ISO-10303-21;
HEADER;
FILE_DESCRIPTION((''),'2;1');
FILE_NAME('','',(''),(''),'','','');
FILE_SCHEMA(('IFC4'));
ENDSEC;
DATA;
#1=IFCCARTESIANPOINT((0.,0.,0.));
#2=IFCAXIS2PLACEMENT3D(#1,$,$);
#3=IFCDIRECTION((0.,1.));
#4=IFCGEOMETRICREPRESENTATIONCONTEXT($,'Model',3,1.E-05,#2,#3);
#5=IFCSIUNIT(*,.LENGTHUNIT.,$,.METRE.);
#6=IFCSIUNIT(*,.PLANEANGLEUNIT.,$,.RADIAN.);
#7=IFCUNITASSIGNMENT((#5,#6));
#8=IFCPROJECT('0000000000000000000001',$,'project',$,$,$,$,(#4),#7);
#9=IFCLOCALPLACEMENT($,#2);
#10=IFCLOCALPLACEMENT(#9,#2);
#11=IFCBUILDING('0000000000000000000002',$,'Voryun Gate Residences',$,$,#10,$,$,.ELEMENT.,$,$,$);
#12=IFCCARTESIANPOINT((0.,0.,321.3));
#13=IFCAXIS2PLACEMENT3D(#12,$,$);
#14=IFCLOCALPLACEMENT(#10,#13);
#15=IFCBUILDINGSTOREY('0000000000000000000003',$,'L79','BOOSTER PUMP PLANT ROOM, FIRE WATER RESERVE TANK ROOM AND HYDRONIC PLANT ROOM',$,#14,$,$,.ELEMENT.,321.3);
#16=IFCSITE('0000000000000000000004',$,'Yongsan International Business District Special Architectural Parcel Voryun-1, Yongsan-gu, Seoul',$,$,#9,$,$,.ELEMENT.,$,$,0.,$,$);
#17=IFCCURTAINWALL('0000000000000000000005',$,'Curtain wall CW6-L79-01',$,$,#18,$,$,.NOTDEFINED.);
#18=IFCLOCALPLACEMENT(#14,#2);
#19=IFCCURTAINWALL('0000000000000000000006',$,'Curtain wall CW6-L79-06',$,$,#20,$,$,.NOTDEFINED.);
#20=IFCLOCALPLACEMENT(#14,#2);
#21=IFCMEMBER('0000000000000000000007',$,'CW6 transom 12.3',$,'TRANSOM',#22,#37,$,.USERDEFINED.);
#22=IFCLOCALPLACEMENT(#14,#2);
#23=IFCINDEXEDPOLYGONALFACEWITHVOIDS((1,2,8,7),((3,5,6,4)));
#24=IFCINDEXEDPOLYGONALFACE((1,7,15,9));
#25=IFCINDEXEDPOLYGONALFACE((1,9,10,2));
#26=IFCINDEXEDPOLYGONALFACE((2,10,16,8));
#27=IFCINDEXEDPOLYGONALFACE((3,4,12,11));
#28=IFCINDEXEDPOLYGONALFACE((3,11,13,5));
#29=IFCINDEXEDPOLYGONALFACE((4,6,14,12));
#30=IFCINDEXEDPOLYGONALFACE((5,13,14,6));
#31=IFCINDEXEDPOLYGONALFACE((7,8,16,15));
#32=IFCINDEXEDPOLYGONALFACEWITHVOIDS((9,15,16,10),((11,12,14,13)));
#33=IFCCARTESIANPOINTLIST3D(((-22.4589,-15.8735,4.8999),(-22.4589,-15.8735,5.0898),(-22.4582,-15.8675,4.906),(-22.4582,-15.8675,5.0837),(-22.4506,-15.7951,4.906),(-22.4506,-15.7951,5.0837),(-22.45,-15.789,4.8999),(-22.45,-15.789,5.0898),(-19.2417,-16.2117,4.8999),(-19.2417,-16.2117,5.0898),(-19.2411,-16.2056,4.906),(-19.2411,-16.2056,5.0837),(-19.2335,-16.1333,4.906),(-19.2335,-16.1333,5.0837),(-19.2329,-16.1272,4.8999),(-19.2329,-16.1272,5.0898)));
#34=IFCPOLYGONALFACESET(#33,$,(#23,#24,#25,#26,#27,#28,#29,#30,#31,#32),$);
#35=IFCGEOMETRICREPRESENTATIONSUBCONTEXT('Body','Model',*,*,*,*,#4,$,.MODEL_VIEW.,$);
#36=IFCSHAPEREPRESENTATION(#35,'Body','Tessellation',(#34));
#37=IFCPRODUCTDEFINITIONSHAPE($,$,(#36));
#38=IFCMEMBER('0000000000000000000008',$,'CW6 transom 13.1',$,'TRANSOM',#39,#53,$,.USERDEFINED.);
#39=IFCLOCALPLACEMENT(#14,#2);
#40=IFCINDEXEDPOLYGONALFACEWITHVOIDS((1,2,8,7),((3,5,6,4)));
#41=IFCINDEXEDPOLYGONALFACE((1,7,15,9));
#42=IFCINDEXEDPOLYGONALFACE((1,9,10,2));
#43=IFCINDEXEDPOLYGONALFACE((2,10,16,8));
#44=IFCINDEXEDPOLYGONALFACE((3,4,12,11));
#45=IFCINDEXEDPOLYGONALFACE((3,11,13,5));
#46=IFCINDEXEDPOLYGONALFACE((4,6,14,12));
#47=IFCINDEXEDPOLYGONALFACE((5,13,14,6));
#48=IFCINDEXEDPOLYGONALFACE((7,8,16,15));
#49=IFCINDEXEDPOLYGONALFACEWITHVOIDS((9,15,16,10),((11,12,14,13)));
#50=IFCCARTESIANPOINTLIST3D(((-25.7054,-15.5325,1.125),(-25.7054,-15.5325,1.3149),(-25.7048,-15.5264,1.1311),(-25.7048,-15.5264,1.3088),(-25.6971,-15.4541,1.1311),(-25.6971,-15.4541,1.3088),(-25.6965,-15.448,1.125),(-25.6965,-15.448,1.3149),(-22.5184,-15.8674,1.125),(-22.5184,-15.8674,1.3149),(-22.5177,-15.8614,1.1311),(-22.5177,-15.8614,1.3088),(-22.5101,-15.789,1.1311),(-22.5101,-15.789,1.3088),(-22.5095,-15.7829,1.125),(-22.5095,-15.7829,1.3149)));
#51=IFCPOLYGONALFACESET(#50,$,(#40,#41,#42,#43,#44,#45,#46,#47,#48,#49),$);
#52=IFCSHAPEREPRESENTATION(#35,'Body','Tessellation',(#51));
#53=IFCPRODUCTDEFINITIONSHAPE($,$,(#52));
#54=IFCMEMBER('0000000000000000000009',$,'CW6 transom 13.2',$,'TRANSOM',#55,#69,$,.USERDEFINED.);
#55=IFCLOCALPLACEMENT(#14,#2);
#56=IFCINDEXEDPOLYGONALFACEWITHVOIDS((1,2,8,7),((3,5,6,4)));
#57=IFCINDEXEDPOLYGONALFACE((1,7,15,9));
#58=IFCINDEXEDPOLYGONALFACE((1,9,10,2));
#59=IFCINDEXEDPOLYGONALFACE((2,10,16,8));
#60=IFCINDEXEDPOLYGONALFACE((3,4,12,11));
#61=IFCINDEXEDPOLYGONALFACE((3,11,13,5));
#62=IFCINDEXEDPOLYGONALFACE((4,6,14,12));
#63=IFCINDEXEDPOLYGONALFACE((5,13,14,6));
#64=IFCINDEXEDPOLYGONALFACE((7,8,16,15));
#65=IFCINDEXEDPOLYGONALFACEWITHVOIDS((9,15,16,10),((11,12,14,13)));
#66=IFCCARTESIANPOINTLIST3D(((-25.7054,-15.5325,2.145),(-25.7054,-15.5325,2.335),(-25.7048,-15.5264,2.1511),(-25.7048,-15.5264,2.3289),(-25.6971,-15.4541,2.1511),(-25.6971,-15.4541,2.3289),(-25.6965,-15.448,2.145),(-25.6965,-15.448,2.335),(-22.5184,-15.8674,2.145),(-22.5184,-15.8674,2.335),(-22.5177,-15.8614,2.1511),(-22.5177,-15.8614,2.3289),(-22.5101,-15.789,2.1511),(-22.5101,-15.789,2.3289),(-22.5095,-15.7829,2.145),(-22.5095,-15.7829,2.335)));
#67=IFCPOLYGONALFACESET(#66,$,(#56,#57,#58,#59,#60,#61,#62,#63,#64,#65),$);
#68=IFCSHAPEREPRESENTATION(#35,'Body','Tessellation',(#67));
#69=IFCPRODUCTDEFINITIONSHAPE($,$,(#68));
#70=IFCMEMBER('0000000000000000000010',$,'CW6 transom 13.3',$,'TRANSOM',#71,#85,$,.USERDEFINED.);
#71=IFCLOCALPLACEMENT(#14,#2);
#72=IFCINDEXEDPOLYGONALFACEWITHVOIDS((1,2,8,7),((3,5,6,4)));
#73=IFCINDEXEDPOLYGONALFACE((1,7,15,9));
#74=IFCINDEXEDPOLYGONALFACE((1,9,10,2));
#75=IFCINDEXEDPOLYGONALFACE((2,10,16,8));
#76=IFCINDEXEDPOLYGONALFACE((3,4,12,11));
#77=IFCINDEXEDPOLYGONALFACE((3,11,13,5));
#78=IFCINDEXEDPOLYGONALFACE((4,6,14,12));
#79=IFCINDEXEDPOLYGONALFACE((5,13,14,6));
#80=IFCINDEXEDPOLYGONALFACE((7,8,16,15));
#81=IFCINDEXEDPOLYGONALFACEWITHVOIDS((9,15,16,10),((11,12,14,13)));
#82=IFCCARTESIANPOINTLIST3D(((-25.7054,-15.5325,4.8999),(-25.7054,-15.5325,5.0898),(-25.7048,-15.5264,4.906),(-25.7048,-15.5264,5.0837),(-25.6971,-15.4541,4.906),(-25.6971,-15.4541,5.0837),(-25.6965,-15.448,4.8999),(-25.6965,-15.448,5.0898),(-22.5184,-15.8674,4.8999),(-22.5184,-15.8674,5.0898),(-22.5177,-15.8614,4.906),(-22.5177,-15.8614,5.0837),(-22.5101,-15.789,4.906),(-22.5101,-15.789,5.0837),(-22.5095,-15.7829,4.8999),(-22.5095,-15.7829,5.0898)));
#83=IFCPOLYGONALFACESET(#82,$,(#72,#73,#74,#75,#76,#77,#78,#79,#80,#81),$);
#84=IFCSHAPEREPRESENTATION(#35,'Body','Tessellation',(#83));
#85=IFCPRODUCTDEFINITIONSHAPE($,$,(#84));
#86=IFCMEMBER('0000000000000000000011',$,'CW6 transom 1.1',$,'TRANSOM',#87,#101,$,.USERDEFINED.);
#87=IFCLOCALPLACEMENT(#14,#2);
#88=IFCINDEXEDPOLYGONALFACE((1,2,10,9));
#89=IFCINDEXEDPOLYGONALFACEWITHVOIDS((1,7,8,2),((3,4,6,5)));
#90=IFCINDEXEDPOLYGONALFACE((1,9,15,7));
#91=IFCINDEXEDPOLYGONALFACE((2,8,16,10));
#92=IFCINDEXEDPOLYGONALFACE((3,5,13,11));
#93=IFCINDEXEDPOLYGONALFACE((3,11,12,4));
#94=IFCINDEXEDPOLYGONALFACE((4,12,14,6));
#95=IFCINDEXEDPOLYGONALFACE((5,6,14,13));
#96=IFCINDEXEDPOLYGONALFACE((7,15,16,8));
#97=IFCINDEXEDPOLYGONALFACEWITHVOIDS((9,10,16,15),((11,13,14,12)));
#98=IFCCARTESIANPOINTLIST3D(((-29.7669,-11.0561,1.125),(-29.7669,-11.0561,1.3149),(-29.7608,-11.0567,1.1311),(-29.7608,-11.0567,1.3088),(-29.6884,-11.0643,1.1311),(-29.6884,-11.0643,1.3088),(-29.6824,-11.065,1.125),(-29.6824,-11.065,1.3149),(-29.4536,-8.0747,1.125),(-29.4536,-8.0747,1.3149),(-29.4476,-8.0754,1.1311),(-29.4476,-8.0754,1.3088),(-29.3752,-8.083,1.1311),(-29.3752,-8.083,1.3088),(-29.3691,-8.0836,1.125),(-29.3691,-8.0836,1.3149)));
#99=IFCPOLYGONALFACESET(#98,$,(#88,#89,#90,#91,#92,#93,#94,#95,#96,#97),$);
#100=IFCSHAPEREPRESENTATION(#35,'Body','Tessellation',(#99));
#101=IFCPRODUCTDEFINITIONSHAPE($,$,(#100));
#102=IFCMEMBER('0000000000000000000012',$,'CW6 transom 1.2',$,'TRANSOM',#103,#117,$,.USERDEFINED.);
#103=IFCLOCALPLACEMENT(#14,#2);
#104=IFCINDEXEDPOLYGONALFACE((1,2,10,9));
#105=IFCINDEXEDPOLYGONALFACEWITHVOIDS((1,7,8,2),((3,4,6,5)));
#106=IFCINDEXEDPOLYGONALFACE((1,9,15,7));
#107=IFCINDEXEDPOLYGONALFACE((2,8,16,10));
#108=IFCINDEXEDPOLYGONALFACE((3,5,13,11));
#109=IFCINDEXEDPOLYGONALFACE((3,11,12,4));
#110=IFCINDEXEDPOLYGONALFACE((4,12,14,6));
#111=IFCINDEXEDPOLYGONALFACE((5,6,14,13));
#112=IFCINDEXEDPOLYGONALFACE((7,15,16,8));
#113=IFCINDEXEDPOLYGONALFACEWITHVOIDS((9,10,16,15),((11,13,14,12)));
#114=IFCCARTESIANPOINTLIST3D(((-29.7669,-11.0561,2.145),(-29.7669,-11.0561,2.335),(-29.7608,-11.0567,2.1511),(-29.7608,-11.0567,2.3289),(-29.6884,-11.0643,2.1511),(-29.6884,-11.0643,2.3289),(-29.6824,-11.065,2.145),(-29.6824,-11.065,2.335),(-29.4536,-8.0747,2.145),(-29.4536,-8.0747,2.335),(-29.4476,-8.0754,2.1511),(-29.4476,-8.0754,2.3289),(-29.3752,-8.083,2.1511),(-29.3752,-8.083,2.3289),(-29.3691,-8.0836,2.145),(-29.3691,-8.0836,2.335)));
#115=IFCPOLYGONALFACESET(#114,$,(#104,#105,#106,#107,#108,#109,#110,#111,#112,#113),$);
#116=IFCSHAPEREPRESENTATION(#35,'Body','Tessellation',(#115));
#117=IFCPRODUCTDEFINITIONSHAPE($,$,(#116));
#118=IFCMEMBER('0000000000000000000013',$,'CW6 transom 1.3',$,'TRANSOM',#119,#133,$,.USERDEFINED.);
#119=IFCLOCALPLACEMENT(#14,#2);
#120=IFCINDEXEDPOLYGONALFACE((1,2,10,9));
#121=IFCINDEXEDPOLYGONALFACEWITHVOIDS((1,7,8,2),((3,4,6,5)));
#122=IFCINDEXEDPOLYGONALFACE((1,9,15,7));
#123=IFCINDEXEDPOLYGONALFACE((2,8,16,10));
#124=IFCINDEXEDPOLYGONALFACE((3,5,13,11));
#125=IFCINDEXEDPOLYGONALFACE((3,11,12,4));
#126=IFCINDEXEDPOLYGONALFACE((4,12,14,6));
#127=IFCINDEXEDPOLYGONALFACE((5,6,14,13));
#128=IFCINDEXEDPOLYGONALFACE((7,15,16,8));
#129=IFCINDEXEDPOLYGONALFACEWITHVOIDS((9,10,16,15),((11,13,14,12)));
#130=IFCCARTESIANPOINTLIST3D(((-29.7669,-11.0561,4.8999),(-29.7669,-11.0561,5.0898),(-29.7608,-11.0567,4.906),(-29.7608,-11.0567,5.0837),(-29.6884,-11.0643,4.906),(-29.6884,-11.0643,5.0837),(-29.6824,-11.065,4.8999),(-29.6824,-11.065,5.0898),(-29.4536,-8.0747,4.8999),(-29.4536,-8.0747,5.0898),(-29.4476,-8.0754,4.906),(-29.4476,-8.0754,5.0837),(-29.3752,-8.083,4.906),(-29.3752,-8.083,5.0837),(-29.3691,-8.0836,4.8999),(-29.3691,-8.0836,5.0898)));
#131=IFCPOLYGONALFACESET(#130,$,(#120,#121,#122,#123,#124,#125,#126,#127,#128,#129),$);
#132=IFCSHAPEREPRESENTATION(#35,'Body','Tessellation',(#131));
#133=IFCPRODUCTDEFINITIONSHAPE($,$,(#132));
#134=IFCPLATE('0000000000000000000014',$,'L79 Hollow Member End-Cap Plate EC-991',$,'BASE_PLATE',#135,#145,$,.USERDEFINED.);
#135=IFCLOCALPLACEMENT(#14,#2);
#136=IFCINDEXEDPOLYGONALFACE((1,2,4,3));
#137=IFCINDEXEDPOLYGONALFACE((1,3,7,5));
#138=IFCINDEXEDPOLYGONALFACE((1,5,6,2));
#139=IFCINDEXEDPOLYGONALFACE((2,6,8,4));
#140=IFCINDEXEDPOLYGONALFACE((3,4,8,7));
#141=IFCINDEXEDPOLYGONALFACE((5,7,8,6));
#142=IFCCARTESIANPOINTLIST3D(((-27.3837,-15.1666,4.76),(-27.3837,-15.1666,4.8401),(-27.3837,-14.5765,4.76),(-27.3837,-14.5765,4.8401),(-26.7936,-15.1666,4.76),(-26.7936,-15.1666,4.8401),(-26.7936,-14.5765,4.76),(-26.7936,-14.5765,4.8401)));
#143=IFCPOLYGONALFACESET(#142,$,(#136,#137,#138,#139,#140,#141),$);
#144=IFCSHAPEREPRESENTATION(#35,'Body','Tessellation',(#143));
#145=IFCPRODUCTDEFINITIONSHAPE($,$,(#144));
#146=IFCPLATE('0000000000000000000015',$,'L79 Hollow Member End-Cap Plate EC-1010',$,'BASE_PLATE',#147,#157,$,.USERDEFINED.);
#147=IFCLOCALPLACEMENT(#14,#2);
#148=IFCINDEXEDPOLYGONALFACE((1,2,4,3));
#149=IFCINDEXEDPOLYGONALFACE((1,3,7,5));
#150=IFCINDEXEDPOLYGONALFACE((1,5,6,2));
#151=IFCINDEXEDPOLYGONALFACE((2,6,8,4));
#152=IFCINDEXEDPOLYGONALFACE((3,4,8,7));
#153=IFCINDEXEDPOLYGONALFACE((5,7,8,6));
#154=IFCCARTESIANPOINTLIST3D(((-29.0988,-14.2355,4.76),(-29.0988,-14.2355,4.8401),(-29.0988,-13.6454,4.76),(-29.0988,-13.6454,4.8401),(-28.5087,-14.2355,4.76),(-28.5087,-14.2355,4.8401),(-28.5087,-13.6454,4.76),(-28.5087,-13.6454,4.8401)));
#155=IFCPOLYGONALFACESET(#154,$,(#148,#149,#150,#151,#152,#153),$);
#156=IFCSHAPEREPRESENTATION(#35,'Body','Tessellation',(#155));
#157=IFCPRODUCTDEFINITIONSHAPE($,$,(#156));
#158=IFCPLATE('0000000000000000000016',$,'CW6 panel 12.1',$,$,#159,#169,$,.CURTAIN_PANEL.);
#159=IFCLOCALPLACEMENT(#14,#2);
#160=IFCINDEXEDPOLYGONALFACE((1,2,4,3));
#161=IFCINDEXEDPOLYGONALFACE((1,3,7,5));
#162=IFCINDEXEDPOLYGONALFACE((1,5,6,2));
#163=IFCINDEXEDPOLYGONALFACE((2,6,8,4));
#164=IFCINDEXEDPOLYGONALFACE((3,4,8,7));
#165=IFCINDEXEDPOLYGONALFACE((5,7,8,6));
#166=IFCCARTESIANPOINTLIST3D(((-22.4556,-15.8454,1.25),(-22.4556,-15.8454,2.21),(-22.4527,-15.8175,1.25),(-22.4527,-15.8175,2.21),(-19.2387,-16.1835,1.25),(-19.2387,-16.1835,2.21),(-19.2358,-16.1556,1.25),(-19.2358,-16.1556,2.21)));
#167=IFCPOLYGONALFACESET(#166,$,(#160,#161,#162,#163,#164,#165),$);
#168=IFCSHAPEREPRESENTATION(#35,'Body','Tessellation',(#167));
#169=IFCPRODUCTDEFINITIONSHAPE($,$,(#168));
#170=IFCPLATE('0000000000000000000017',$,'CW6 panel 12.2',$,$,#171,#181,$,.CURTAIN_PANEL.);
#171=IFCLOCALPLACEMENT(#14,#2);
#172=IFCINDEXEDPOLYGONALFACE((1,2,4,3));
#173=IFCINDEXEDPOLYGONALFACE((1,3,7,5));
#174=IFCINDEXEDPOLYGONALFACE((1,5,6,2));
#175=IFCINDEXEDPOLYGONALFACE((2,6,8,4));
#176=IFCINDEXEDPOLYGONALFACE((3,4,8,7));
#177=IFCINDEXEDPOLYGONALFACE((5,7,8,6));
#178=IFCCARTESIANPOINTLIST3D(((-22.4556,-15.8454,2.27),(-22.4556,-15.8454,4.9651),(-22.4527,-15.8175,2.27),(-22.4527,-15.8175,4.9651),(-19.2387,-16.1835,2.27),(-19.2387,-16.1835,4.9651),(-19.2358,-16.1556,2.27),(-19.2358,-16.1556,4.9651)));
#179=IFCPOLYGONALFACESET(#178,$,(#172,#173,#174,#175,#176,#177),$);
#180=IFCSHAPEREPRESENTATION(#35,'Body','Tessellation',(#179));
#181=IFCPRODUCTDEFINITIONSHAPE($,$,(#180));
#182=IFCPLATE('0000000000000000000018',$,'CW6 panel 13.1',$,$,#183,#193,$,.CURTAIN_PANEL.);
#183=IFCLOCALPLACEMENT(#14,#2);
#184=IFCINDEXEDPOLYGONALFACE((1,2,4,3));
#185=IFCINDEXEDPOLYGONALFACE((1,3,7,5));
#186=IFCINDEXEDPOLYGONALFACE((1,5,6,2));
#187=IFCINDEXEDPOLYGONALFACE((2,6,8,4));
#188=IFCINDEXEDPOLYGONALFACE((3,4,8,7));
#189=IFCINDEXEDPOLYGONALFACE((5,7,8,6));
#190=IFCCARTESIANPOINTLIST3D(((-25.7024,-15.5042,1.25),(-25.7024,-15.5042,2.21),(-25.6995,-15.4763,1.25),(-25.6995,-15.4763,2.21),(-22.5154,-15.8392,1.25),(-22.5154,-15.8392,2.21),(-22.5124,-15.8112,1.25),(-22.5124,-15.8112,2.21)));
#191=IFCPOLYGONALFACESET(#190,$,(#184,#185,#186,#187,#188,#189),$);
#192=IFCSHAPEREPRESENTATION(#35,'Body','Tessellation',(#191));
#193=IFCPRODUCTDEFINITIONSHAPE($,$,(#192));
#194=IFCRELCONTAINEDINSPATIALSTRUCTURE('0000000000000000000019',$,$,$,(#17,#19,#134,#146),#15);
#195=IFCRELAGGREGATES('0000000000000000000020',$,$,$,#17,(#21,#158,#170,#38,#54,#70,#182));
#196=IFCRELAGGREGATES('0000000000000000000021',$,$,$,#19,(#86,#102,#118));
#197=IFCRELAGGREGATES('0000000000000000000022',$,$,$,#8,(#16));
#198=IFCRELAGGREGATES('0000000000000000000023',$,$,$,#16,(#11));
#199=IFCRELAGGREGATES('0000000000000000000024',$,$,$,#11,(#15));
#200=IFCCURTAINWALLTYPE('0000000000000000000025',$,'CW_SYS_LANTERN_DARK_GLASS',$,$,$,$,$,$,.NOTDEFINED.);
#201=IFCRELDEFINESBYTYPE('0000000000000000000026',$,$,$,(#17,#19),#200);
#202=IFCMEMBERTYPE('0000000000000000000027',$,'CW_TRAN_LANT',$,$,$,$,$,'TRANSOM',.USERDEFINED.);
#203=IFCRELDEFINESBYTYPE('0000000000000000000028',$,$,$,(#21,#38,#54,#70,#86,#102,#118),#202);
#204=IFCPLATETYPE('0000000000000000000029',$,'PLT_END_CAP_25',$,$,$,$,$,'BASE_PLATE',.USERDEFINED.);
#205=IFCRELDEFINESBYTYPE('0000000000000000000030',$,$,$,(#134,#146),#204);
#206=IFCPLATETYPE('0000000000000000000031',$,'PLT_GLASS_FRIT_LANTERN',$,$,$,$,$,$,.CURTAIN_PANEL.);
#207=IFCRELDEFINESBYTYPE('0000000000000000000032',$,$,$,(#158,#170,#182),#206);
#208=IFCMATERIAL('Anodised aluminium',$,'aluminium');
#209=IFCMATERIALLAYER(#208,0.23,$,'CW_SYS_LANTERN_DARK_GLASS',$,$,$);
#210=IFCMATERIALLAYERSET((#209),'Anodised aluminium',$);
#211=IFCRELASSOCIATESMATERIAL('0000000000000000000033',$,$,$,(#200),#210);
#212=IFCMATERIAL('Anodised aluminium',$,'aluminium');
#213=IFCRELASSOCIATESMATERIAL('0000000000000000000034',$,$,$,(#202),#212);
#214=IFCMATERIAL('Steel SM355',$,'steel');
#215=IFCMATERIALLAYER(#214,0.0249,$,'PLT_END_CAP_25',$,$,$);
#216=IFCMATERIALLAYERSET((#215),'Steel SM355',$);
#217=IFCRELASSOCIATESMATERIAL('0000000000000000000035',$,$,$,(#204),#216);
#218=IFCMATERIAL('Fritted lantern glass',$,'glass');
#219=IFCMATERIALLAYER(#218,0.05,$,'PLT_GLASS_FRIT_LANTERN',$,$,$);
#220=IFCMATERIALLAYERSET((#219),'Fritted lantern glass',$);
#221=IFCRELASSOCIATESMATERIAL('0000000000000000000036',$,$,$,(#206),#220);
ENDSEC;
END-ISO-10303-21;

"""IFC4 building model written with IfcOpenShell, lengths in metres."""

from ifc_helpers import new_model, si_unit, direction, frame, origin, origin_2d, place, context, subcontext, project, spatial, rectangle, hollow_rectangle, extrude, material, layer, layer_set, material_profile, profile_set, type_object, element, aggregate, save


model = new_model("IFC4")

# Units and contexts
model_context = context("Model", 3, precision=1e-05, world=origin(), true_north=direction((0.0, 1.0)))
body_context = subcontext(model_context, "Body", "Model", "MODEL_VIEW")
ifc_project = project(units=[si_unit("LENGTHUNIT", "METRE"), si_unit("PLANEANGLEUNIT", "RADIAN")], contexts=[model_context])

# Site, building, storey
site_placement = place(None, origin())
site = spatial("IfcSite", under=ifc_project, at=site_placement, Name="Yongsan International Business District Special Architectural Parcel Voryun-1, Yongsan-gu, Seoul", CompositionType="ELEMENT", RefElevation=0.0)
building_placement = place(site_placement, origin())
building = spatial("IfcBuilding", under=site, at=building_placement, Name="Voryun Gate Residences", CompositionType="ELEMENT")
storey_placement = place(building_placement, frame((0.0, 0.0, 321.3)))
storey = spatial("IfcBuildingStorey", under=building, at=storey_placement, Name="L79", Description="BOOSTER PUMP PLANT ROOM, FIRE WATER RESERVE TANK ROOM AND HYDRONIC PLANT ROOM", CompositionType="ELEMENT", Elevation=321.3)

# Curtain wall
ifc_material_1 = material(Name="Anodised aluminium", Category="aluminium")
ifc_layer_1 = layer(ifc_material_1, 0.23, Name="CW_SYS_LANTERN_DARK_GLASS")
ifc_layer_set_1 = layer_set([ifc_layer_1], Name="Anodised aluminium")
curtain_wall_type = type_object("IfcCurtainWallType", Name="CW_SYS_LANTERN_DARK_GLASS", PredefinedType="NOTDEFINED", material=ifc_layer_set_1)
curtain_wall_1_placement = place(storey_placement, origin())
curtain_wall_1 = element("IfcCurtainWall", 1, at=curtain_wall_1_placement, inside=storey, type_object=curtain_wall_type, Name="Curtain wall CW6-L79-01", PredefinedType="NOTDEFINED")

# Curtain wall
curtain_wall_2_placement = place(storey_placement, origin())
curtain_wall_2 = element("IfcCurtainWall", 2, at=curtain_wall_2_placement, inside=storey, type_object=curtain_wall_type, Name="Curtain wall CW6-L79-06", PredefinedType="NOTDEFINED")

# Members
ifc_material_2 = material(Name="Anodised aluminium", Category="aluminium")
ifc_material_profile_1 = material_profile(ifc_material_2, hollow_rectangle(XDim=0.085, YDim=0.1899, WallThickness=0.0061, at=origin_2d()), Name="ALU-TRAN-190x85x6")
ifc_profile_set_1 = profile_set([ifc_material_profile_1], Name="Anodised aluminium")
member_type_1 = type_object("IfcMemberType", Name="CW_TRAN_LANT", ElementType="TRANSOM", PredefinedType="USERDEFINED", material=ifc_profile_set_1)
member_1_placement = place(storey_placement, frame((-19.2373, -16.1694, 4.9949), z_axis=(-0.994522, 0.104532, 0.0), x_axis=(-0.104532, -0.994522, 0.0)))
member_1 = element("IfcMember", 3, at=member_1_placement, type_object=member_type_1, Name="CW6 transom 12.3", ObjectType="TRANSOM", PredefinedType="USERDEFINED", context=body_context, shape_type="SweptSolid", body=[
    extrude(hollow_rectangle(XDim=0.085, YDim=0.1899, WallThickness=0.0061, at=origin_2d()), origin(), (0.0, 0.0, 1.0), 3.2349),
])
member_2_placement = place(storey_placement, frame((-22.5139, -15.8252, 1.22), z_axis=(-0.994522, 0.104526, 0.0), x_axis=(-0.104526, -0.994522, 0.0)))
member_2 = element("IfcMember", 4, at=member_2_placement, type_object=member_type_1, Name="CW6 transom 13.1", ObjectType="TRANSOM", PredefinedType="USERDEFINED", context=body_context, shape_type="SweptSolid", body=[
    extrude(hollow_rectangle(XDim=0.085, YDim=0.1899, WallThickness=0.0061, at=origin_2d()), origin(), (0.0, 0.0, 1.0), 3.2046),
])
member_3_placement = place(storey_placement, frame((-22.5139, -15.8252, 2.24), z_axis=(-0.994522, 0.104526, 0.0), x_axis=(-0.104526, -0.994522, 0.0)))
member_3 = element("IfcMember", 5, at=member_3_placement, type_object=member_type_1, Name="CW6 transom 13.2", ObjectType="TRANSOM", PredefinedType="USERDEFINED", context=body_context, shape_type="SweptSolid", body=[
    extrude(hollow_rectangle(XDim=0.085, YDim=0.1899, WallThickness=0.0061, at=origin_2d()), origin(), (0.0, 0.0, 1.0), 3.2046),
])
member_4_placement = place(storey_placement, frame((-22.5139, -15.8252, 4.9949), z_axis=(-0.994522, 0.104526, 0.0), x_axis=(-0.104526, -0.994522, 0.0)))
member_4 = element("IfcMember", 6, at=member_4_placement, type_object=member_type_1, Name="CW6 transom 13.3", ObjectType="TRANSOM", PredefinedType="USERDEFINED", context=body_context, shape_type="SweptSolid", body=[
    extrude(hollow_rectangle(XDim=0.085, YDim=0.1899, WallThickness=0.0061, at=origin_2d()), origin(), (0.0, 0.0, 1.0), 3.2046),
])
member_5_placement = place(storey_placement, frame((-29.7246, -11.0605, 1.22), z_axis=(0.104486, 0.994526, 0.0), x_axis=(-0.994526, 0.104486, 0.0)))
member_5 = element("IfcMember", 7, at=member_5_placement, type_object=member_type_1, Name="CW6 transom 1.1", ObjectType="TRANSOM", PredefinedType="USERDEFINED", context=body_context, shape_type="SweptSolid", body=[
    extrude(hollow_rectangle(XDim=0.085, YDim=0.1899, WallThickness=0.0061, at=origin_2d()), origin(), (0.0, 0.0, 1.0), 2.9978),
])
member_6_placement = place(storey_placement, frame((-29.7246, -11.0605, 2.24), z_axis=(0.104486, 0.994526, 0.0), x_axis=(-0.994526, 0.104486, 0.0)))
member_6 = element("IfcMember", 8, at=member_6_placement, type_object=member_type_1, Name="CW6 transom 1.2", ObjectType="TRANSOM", PredefinedType="USERDEFINED", context=body_context, shape_type="SweptSolid", body=[
    extrude(hollow_rectangle(XDim=0.085, YDim=0.1899, WallThickness=0.0061, at=origin_2d()), origin(), (0.0, 0.0, 1.0), 2.9978),
])
member_7_placement = place(storey_placement, frame((-29.7246, -11.0605, 4.9949), z_axis=(0.104486, 0.994526, 0.0), x_axis=(-0.994526, 0.104486, 0.0)))
member_7 = element("IfcMember", 9, at=member_7_placement, type_object=member_type_1, Name="CW6 transom 1.3", ObjectType="TRANSOM", PredefinedType="USERDEFINED", context=body_context, shape_type="SweptSolid", body=[
    extrude(hollow_rectangle(XDim=0.085, YDim=0.1899, WallThickness=0.0061, at=origin_2d()), origin(), (0.0, 0.0, 1.0), 2.9978),
])

# Plates
ifc_material_3 = material(Name="Steel SM355", Category="steel")
ifc_layer_2 = layer(ifc_material_3, 0.0249, Name="PLT_END_CAP_25")
ifc_layer_set_2 = layer_set([ifc_layer_2], Name="Steel SM355")
plate_type_1 = type_object("IfcPlateType", Name="PLT_END_CAP_25", ElementType="BASE_PLATE", PredefinedType="USERDEFINED", material=ifc_layer_set_2)
for number, where, z_axis, x_axis, name in (
    (10, (-27.0886, -14.8716, 4.76), (0.0, 0.0, 1.0), (1.0, 0.0, 0.0), "L79 Hollow Member End-Cap Plate EC-991"),
    (11, (-28.8037, -13.9404, 4.76), (0.0, 0.0, 1.0), (1.0, 0.0, 0.0), "L79 Hollow Member End-Cap Plate EC-1010"),
):
    element("IfcPlate", number, at=place(storey_placement, frame(where, z_axis=z_axis, x_axis=x_axis)), inside=storey, type_object=plate_type_1, Name=name, ObjectType="BASE_PLATE", PredefinedType="USERDEFINED", context=body_context, shape_type="SweptSolid", body=[
        extrude(rectangle(XDim=0.5901, YDim=0.5901, at=origin_2d()), origin(), (0.0, 0.0, 1.0), 0.0801),
    ])

# Plates
ifc_material_4 = material(Name="Fritted lantern glass", Category="glass")
ifc_layer_3 = layer(ifc_material_4, 0.05, Name="PLT_GLASS_FRIT_LANTERN")
ifc_layer_set_3 = layer_set([ifc_layer_3], Name="Fritted lantern glass")
plate_type_2 = type_object("IfcPlateType", Name="PLT_GLASS_FRIT_LANTERN", PredefinedType="CURTAIN_PANEL", material=ifc_layer_set_3)
plate_1_placement = place(storey_placement, frame((-20.8457, -16.0005, 1.25), z_axis=(0.0, 0.0, 1.0), x_axis=(-0.994522, 0.104528, 0.0)))
plate_1 = element("IfcPlate", 12, at=plate_1_placement, type_object=plate_type_2, Name="CW6 panel 12.1", PredefinedType="CURTAIN_PANEL", context=body_context, shape_type="SweptSolid", body=[
    extrude(rectangle(XDim=3.2346, YDim=0.0281, at=origin_2d()), origin(), (0.0, 0.0, 1.0), 0.96),
])
plate_2_placement = place(storey_placement, frame((-20.8457, -16.0005, 2.27), z_axis=(0.0, 0.0, 1.0), x_axis=(-0.994522, 0.104528, 0.0)))
plate_2 = element("IfcPlate", 13, at=plate_2_placement, type_object=plate_type_2, Name="CW6 panel 12.2", PredefinedType="CURTAIN_PANEL", context=body_context, shape_type="SweptSolid", body=[
    extrude(rectangle(XDim=3.2346, YDim=0.0281, at=origin_2d()), origin(), (0.0, 0.0, 1.0), 2.6951),
])
plate_3_placement = place(storey_placement, frame((-24.1074, -15.6577, 1.25), z_axis=(0.0, 0.0, 1.0), x_axis=(-0.994522, 0.104528, 0.0)))
plate_3 = element("IfcPlate", 14, at=plate_3_placement, type_object=plate_type_2, Name="CW6 panel 13.1", PredefinedType="CURTAIN_PANEL", context=body_context, shape_type="SweptSolid", body=[
    extrude(rectangle(XDim=3.2046, YDim=0.0281, at=origin_2d()), origin(), (0.0, 0.0, 1.0), 0.96),
])
aggregate(curtain_wall_1, [member_1, plate_1, plate_2, member_2, member_3, member_4, plate_3])
aggregate(curtain_wall_2, [member_5, member_6, member_7])

save(model, "model.ifc")
